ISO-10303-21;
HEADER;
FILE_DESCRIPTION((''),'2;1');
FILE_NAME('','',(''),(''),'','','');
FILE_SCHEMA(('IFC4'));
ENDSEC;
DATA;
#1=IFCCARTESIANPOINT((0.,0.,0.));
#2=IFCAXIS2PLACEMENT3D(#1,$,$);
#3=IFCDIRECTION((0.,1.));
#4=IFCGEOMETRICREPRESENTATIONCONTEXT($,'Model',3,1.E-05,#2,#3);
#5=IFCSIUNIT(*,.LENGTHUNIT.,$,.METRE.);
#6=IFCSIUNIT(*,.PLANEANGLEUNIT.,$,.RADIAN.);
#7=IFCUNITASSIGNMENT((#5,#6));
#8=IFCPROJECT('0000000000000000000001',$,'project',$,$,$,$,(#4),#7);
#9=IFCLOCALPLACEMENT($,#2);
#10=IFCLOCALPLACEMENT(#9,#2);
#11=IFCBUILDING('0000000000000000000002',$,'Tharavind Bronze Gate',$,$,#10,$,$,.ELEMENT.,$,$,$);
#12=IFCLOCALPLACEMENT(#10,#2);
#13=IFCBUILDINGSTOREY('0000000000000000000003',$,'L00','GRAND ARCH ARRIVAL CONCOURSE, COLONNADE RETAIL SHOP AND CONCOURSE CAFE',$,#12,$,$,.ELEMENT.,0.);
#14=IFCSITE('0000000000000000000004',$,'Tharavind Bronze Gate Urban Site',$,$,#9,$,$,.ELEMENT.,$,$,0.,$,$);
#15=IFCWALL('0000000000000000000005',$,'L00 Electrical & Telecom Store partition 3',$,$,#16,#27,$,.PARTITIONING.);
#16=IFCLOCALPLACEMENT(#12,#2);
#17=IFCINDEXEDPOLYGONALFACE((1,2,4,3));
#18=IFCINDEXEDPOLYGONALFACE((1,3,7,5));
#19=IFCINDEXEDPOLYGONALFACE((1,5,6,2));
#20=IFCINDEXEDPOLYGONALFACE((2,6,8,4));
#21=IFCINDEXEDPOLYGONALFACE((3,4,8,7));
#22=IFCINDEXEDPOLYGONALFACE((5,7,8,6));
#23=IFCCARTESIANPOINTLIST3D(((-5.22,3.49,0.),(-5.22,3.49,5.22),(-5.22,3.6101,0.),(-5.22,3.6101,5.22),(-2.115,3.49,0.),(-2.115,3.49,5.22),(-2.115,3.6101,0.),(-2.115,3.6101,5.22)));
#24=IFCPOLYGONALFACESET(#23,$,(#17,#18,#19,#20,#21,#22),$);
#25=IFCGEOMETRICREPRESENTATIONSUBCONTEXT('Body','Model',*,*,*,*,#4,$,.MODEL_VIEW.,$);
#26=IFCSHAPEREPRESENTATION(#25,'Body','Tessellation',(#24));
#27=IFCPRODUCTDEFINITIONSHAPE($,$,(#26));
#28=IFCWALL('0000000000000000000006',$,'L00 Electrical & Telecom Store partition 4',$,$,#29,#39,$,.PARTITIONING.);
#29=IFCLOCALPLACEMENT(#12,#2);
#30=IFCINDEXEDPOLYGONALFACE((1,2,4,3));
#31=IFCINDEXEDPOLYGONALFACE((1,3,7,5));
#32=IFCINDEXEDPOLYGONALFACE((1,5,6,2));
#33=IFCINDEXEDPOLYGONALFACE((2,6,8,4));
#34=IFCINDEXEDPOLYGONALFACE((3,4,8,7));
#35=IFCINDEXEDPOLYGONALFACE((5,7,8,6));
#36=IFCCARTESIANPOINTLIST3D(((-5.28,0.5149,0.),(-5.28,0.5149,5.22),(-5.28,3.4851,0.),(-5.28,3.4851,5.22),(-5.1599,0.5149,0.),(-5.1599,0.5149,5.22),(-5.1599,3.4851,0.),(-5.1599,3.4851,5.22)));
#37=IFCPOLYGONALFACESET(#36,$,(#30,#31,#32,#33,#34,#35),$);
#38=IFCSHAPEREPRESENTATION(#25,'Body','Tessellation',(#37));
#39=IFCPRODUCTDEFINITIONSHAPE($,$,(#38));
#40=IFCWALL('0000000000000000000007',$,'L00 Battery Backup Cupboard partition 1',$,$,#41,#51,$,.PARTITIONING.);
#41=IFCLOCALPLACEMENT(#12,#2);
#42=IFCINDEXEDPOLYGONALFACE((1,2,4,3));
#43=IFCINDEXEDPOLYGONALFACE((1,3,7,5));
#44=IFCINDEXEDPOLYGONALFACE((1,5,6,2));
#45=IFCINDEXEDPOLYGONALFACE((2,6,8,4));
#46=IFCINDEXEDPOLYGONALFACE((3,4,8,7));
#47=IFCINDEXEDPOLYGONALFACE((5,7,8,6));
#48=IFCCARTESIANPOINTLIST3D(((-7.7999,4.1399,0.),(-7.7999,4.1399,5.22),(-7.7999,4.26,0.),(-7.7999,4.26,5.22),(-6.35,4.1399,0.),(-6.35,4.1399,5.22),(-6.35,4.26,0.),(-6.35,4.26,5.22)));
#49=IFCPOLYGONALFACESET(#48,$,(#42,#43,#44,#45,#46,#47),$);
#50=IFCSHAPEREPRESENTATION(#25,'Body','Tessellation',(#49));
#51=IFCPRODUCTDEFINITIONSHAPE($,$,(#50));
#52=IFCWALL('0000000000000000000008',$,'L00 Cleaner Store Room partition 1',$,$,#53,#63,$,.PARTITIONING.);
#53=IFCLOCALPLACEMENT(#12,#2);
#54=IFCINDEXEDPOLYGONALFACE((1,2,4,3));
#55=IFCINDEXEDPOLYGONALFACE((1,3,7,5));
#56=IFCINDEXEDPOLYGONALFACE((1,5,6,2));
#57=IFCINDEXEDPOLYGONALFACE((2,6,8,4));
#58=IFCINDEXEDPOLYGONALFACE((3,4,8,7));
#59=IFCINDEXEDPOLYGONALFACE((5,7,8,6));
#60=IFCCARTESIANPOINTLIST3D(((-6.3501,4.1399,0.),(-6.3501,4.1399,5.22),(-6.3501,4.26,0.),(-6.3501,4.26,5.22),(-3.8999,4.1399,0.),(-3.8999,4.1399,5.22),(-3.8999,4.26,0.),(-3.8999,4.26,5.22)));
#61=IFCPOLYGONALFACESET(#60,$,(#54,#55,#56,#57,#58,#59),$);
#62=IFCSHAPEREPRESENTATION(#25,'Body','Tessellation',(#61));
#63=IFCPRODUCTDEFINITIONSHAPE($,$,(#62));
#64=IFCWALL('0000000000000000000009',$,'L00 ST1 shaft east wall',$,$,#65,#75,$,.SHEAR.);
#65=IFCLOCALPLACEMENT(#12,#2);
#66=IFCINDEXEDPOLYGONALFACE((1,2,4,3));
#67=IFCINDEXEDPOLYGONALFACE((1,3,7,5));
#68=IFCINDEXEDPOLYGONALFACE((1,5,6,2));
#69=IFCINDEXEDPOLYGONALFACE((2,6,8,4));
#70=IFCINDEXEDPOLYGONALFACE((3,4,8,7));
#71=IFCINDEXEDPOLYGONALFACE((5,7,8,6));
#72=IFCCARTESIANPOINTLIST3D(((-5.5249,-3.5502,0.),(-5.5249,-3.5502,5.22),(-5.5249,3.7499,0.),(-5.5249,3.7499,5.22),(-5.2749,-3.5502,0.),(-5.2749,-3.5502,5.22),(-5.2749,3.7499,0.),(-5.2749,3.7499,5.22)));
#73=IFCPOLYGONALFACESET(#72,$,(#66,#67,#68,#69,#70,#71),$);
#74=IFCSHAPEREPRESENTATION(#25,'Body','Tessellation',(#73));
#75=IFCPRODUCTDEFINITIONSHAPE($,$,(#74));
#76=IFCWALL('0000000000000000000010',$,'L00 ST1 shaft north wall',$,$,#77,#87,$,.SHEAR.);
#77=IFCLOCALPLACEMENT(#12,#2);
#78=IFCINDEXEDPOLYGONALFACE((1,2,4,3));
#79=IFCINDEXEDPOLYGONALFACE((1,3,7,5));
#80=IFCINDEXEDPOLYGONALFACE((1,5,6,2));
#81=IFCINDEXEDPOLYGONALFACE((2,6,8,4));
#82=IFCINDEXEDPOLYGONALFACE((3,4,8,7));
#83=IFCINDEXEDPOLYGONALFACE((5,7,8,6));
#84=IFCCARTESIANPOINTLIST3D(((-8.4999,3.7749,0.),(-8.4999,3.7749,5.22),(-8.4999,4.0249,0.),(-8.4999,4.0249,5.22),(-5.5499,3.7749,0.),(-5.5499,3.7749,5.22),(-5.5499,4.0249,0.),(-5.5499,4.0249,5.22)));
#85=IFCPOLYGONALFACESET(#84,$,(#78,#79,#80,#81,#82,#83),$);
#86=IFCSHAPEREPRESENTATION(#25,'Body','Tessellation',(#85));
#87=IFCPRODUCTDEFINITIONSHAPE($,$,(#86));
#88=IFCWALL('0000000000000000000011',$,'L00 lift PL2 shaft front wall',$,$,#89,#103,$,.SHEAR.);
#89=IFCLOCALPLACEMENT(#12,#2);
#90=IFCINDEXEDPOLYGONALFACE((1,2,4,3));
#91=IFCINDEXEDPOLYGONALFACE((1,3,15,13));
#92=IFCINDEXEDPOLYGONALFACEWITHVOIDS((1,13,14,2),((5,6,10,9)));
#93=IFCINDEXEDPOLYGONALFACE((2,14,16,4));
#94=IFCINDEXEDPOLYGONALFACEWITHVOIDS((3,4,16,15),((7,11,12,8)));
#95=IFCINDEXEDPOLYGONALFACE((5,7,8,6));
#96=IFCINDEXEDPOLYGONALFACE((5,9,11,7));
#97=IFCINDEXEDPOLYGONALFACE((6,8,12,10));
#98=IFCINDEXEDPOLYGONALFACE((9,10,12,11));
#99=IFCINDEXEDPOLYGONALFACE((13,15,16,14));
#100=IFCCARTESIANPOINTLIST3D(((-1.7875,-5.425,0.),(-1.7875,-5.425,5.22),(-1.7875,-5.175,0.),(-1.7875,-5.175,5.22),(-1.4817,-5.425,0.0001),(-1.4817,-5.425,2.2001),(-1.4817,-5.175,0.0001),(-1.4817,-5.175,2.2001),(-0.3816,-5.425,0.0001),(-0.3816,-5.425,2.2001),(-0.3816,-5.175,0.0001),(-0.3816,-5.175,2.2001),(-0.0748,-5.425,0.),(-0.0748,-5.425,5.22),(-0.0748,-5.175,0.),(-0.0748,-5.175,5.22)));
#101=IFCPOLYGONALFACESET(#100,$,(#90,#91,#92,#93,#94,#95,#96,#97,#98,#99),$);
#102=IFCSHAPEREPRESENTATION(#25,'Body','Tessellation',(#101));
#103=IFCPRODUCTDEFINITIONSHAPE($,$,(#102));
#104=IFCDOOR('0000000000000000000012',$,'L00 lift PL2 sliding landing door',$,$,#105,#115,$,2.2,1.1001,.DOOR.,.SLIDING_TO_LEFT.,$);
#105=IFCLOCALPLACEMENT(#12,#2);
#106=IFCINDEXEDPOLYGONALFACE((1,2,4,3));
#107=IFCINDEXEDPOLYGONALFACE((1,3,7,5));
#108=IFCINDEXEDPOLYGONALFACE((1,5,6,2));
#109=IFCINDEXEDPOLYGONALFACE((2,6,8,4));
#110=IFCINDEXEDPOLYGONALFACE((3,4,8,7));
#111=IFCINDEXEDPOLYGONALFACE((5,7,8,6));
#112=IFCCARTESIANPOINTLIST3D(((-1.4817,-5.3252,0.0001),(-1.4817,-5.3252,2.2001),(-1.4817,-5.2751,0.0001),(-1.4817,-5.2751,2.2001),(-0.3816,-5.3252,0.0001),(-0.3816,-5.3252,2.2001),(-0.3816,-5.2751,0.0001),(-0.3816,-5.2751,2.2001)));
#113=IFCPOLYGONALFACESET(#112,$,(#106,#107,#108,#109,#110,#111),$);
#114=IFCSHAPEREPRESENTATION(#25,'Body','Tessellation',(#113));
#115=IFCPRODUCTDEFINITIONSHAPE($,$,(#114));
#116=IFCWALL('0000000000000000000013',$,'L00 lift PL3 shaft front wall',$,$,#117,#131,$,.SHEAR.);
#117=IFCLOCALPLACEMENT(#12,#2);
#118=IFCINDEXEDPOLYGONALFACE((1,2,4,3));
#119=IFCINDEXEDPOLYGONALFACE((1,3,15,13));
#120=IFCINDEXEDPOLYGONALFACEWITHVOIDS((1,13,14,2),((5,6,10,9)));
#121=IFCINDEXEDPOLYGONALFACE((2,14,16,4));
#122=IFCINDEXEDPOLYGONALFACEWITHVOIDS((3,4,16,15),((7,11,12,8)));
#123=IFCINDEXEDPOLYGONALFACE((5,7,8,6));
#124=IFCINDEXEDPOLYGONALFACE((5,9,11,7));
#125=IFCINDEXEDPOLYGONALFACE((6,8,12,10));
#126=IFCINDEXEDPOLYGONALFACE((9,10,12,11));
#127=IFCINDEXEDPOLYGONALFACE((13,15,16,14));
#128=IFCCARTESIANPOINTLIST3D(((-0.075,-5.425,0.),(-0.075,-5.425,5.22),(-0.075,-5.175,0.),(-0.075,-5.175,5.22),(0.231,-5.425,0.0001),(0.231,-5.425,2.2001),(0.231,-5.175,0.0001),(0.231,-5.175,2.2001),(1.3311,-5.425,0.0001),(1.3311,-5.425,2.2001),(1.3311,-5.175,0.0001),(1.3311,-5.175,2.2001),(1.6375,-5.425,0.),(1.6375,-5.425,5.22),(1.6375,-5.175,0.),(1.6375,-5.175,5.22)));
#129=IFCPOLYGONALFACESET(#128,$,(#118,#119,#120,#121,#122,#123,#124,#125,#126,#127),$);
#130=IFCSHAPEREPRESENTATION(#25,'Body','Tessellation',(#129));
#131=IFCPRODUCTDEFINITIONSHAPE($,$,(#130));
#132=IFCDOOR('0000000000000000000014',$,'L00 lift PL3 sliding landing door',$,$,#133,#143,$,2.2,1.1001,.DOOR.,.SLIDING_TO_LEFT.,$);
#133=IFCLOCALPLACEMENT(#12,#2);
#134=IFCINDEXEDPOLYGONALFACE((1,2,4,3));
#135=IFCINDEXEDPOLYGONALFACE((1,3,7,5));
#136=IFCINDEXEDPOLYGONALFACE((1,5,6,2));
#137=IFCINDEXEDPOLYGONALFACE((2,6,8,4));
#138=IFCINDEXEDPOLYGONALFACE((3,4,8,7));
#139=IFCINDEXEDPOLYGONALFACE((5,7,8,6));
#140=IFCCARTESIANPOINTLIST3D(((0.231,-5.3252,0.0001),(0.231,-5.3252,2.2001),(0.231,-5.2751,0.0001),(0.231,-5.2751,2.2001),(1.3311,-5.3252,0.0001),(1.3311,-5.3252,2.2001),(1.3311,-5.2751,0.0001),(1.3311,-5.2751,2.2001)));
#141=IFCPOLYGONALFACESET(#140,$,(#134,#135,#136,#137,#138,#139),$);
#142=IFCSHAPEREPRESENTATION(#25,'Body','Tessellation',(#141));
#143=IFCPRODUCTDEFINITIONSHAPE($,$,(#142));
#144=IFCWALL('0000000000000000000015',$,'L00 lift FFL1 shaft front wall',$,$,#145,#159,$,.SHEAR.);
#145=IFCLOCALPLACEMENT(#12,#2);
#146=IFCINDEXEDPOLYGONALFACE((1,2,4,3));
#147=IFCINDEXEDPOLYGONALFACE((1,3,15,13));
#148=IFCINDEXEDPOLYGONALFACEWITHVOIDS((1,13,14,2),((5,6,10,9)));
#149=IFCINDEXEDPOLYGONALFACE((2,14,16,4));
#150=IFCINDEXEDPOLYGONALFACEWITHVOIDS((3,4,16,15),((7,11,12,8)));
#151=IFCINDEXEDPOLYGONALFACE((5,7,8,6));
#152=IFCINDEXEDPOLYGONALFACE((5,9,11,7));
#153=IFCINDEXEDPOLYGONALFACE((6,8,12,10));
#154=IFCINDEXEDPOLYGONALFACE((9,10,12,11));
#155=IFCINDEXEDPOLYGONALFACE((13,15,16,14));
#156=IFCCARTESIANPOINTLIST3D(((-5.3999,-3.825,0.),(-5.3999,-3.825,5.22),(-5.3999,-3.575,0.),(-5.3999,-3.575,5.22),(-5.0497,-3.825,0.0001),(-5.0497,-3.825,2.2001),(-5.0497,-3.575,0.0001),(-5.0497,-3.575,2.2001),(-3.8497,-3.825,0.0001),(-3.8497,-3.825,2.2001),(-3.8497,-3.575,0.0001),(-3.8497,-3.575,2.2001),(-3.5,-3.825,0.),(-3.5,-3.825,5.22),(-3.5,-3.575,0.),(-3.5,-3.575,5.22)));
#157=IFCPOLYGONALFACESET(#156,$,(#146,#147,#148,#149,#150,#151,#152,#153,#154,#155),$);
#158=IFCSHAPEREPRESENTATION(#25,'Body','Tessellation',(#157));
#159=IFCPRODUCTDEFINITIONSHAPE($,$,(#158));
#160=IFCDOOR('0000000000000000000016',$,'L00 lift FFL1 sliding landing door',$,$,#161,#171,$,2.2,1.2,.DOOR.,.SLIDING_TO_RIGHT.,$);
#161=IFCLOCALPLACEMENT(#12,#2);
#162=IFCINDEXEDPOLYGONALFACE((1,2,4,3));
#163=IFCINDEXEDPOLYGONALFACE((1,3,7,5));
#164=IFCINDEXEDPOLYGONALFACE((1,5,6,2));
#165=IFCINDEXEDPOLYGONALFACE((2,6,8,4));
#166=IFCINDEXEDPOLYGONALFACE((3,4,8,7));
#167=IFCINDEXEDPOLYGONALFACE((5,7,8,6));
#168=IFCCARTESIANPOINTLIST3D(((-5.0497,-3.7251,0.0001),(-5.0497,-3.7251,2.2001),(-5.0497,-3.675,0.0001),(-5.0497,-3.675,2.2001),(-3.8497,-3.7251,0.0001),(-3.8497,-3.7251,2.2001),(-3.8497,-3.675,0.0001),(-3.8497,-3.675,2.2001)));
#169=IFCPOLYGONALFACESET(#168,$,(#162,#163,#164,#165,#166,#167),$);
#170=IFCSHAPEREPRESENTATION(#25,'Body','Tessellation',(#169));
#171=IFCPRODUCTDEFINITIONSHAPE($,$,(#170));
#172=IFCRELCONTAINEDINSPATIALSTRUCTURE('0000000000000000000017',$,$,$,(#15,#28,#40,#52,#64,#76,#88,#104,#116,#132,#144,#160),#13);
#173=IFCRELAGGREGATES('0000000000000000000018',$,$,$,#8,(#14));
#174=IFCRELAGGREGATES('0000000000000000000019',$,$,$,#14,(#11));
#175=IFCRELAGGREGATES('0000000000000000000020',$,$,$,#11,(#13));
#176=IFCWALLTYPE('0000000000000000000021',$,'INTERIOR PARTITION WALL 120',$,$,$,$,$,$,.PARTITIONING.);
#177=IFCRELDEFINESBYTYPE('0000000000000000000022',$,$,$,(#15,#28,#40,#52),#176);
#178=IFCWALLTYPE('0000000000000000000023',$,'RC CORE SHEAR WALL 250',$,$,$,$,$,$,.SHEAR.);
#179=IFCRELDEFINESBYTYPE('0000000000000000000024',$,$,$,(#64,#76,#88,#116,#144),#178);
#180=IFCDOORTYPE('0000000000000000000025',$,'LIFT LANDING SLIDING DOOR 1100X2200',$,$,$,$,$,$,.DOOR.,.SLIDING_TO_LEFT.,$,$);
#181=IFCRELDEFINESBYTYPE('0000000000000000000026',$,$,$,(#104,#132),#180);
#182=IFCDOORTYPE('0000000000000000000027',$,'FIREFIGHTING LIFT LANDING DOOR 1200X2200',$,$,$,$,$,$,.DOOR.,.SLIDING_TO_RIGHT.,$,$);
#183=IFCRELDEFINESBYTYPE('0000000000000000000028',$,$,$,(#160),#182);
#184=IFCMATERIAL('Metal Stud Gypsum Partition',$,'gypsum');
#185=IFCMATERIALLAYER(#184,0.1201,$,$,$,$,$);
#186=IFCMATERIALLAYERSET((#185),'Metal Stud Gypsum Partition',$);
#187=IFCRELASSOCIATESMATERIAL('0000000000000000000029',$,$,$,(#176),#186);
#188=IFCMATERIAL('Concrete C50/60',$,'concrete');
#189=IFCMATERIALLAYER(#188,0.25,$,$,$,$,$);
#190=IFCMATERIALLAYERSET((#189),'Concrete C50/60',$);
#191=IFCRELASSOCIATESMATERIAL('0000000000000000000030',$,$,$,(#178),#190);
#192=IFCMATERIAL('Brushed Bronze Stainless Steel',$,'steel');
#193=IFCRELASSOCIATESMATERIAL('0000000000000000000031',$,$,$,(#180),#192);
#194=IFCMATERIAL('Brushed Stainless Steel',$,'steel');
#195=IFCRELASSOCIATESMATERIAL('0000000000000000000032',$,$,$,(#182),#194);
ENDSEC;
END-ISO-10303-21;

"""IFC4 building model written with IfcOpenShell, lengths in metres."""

from ifc_helpers import new_model, si_unit, direction, frame, frame_2d, origin, place, context, subcontext, project, spatial, rectangle, extrude, material, layer, layer_set, type_object, element, fill, save


model = new_model("IFC4")

# Units and contexts
model_context = context("Model", 3, precision=1e-05, world=origin(), true_north=direction((0.0, 1.0)))
body_context = subcontext(model_context, "Body", "Model", "MODEL_VIEW")
ifc_project = project(units=[si_unit("LENGTHUNIT", "METRE"), si_unit("PLANEANGLEUNIT", "RADIAN")], contexts=[model_context])

# Site, building, storey
site_placement = place(None, origin())
site = spatial("IfcSite", under=ifc_project, at=site_placement, Name="Tharavind Bronze Gate Urban Site", CompositionType="ELEMENT", RefElevation=0.0)
building_placement = place(site_placement, origin())
building = spatial("IfcBuilding", under=site, at=building_placement, Name="Tharavind Bronze Gate", CompositionType="ELEMENT")
storey_placement = place(building_placement, origin())
storey = spatial("IfcBuildingStorey", under=building, at=storey_placement, Name="L00", Description="GRAND ARCH ARRIVAL CONCOURSE, COLONNADE RETAIL SHOP AND CONCOURSE CAFE", CompositionType="ELEMENT", Elevation=0.0)

# Shared definitions
ifc_material_1 = material(Name="Metal Stud Gypsum Partition", Category="gypsum")
ifc_layer_1 = layer(ifc_material_1, 0.1201)
ifc_layer_set_1 = layer_set([ifc_layer_1], Name="Metal Stud Gypsum Partition")
wall_type_1 = type_object("IfcWallType", Name="INTERIOR PARTITION WALL 120", PredefinedType="PARTITIONING", material=ifc_layer_set_1)

# Walls
wall_1_placement = place(storey_placement, frame((-2.115, 3.55, 0.0), z_axis=(0.0, 0.0, 1.0), x_axis=(-1.0, 0.0, 0.0)))
element("IfcWall", 1, at=wall_1_placement, inside=storey, type_object=wall_type_1, Name="L00 Electrical & Telecom Store partition 3", PredefinedType="PARTITIONING", context=body_context, shape_type="SweptSolid", body=[
    extrude(rectangle(XDim=3.105, YDim=0.1201, at=frame_2d((1.5525, 0.0))), origin(), (0.0, 0.0, 1.0), 5.22),
])
wall_2_placement = place(storey_placement, frame((-5.22, 3.4851, 0.0), z_axis=(0.0, 0.0, 1.0), x_axis=(0.0, -1.0, 0.0)))
element("IfcWall", 2, at=wall_2_placement, inside=storey, type_object=wall_type_1, Name="L00 Electrical & Telecom Store partition 4", PredefinedType="PARTITIONING", context=body_context, shape_type="SweptSolid", body=[
    extrude(rectangle(XDim=2.9702, YDim=0.1201, at=frame_2d((1.4851, 0.0))), origin(), (0.0, 0.0, 1.0), 5.22),
])
wall_3_placement = place(storey_placement, frame((-7.8, 4.2, 0.0), z_axis=(0.0, 0.0, 1.0), x_axis=(1.0, 0.0, 0.0)))
element("IfcWall", 3, at=wall_3_placement, inside=storey, type_object=wall_type_1, Name="L00 Battery Backup Cupboard partition 1", PredefinedType="PARTITIONING", context=body_context, shape_type="SweptSolid", body=[
    extrude(rectangle(XDim=1.45, YDim=0.1201, at=frame_2d((0.7251, 0.0))), origin(), (0.0, 0.0, 1.0), 5.22),
])
wall_4_placement = place(storey_placement, frame((-6.3501, 4.2, 0.0), z_axis=(0.0, 0.0, 1.0), x_axis=(1.0, 0.0, 0.0)))
element("IfcWall", 4, at=wall_4_placement, inside=storey, type_object=wall_type_1, Name="L00 Cleaner Store Room partition 1", PredefinedType="PARTITIONING", context=body_context, shape_type="SweptSolid", body=[
    extrude(rectangle(XDim=2.4502, YDim=0.1201, at=frame_2d((1.2251, 0.0))), origin(), (0.0, 0.0, 1.0), 5.22),
])
ifc_material_2 = material(Name="Concrete C50/60", Category="concrete")
ifc_layer_2 = layer(ifc_material_2, 0.25)
ifc_layer_set_2 = layer_set([ifc_layer_2], Name="Concrete C50/60")
wall_type_2 = type_object("IfcWallType", Name="RC CORE SHEAR WALL 250", PredefinedType="SHEAR", material=ifc_layer_set_2)
wall_5_placement = place(storey_placement, frame((-5.3999, -3.55, 0.0), z_axis=(0.0, 0.0, 1.0), x_axis=(0.0, 1.0, 0.0)))
element("IfcWall", 5, at=wall_5_placement, inside=storey, type_object=wall_type_2, Name="L00 ST1 shaft east wall", PredefinedType="SHEAR", context=body_context, shape_type="SweptSolid", body=[
    extrude(rectangle(XDim=7.3, YDim=0.25, at=frame_2d((3.6499, 0.0))), origin(), (0.0, 0.0, 1.0), 5.22),
])

# Wall
wall_6_placement = place(storey_placement, frame((-8.5, 3.8999, 0.0), z_axis=(0.0, 0.0, 1.0), x_axis=(1.0, 0.0, 0.0)))
element("IfcWall", 6, at=wall_6_placement, inside=storey, type_object=wall_type_2, Name="L00 ST1 shaft north wall", PredefinedType="SHEAR", context=body_context, shape_type="SweptSolid", body=[
    extrude(rectangle(XDim=2.95, YDim=0.25, at=frame_2d((1.4751, 0.0))), origin(), (0.0, 0.0, 1.0), 5.22),
])

# Walls, openings, doors
wall_7_placement = place(storey_placement, frame((-1.7876, -5.3, 0.0), z_axis=(0.0, 0.0, 1.0), x_axis=(1.0, 0.0, 0.0)))
wall_7 = element("IfcWall", 7, at=wall_7_placement, inside=storey, type_object=wall_type_2, Name="L00 lift PL2 shaft front wall", PredefinedType="SHEAR", context=body_context, shape_type="SweptSolid", body=[
    extrude(rectangle(XDim=1.7126, YDim=0.25, at=frame_2d((0.8564, 0.0))), origin(), (0.0, 0.0, 1.0), 5.22),
])
opening_1_placement = place(wall_7_placement, frame((0.3059, 0.0, 0.0)))
opening_1 = element("IfcOpeningElement", 8, at=opening_1_placement, cuts=wall_7, PredefinedType="OPENING", context=body_context, shape_type="SweptSolid", body=[
    extrude(rectangle(XDim=1.1001, YDim=2.2, at=frame_2d((0.55, 1.1001))), frame((0.0, 0.135, 0.0), z_axis=(0.0, -1.0, 0.0), x_axis=(1.0, 0.0, 0.0)), (0.0, 0.0, 1.0), 0.27),
])
ifc_material_3 = material(Name="Brushed Bronze Stainless Steel", Category="steel")
door_type_1 = type_object("IfcDoorType", Name="LIFT LANDING SLIDING DOOR 1100X2200", OperationType="SLIDING_TO_LEFT", PredefinedType="DOOR", material=ifc_material_3)
door_1_placement = place(opening_1_placement, origin())
door_1 = element("IfcDoor", 9, at=door_1_placement, inside=storey, type_object=door_type_1, Name="L00 lift PL2 sliding landing door", OperationType="SLIDING_TO_LEFT", OverallHeight=2.2, OverallWidth=1.1001, PredefinedType="DOOR", context=body_context, shape_type="SweptSolid", body=[
    extrude(rectangle(XDim=1.1001, YDim=2.2, at=frame_2d((0.55, 1.1001))), frame((0.0, 0.0249, 0.0), z_axis=(0.0, -1.0, 0.0), x_axis=(1.0, 0.0, 0.0)), (0.0, 0.0, 1.0), 0.05),
])
fill(opening_1, door_1)
wall_8_placement = place(storey_placement, frame((-0.075, -5.3, 0.0), z_axis=(0.0, 0.0, 1.0), x_axis=(1.0, 0.0, 0.0)))
wall_8 = element("IfcWall", 10, at=wall_8_placement, inside=storey, type_object=wall_type_2, Name="L00 lift PL3 shaft front wall", PredefinedType="SHEAR", context=body_context, shape_type="SweptSolid", body=[
    extrude(rectangle(XDim=1.7124, YDim=0.25, at=frame_2d((0.8562, 0.0))), origin(), (0.0, 0.0, 1.0), 5.22),
])
opening_2_placement = place(wall_8_placement, frame((0.3059, 0.0, 0.0)))
opening_2 = element("IfcOpeningElement", 11, at=opening_2_placement, cuts=wall_8, PredefinedType="OPENING", context=body_context, shape_type="SweptSolid", body=[
    extrude(rectangle(XDim=1.1001, YDim=2.2, at=frame_2d((0.55, 1.1001))), frame((0.0, 0.135, 0.0), z_axis=(0.0, -1.0, 0.0), x_axis=(1.0, 0.0, 0.0)), (0.0, 0.0, 1.0), 0.27),
])
door_2_placement = place(opening_2_placement, origin())
door_2 = element("IfcDoor", 12, at=door_2_placement, inside=storey, type_object=door_type_1, Name="L00 lift PL3 sliding landing door", OperationType="SLIDING_TO_LEFT", OverallHeight=2.2, OverallWidth=1.1001, PredefinedType="DOOR", context=body_context, shape_type="SweptSolid", body=[
    extrude(rectangle(XDim=1.1001, YDim=2.2, at=frame_2d((0.55, 1.1001))), frame((0.0, 0.0249, 0.0), z_axis=(0.0, -1.0, 0.0), x_axis=(1.0, 0.0, 0.0)), (0.0, 0.0, 1.0), 0.05),
])
fill(opening_2, door_2)
wall_9_placement = place(storey_placement, frame((-5.3999, -3.7, 0.0), z_axis=(0.0, 0.0, 1.0), x_axis=(1.0, 0.0, 0.0)))
wall_9 = element("IfcWall", 13, at=wall_9_placement, inside=storey, type_object=wall_type_2, Name="L00 lift FFL1 shaft front wall", PredefinedType="SHEAR", context=body_context, shape_type="SweptSolid", body=[
    extrude(rectangle(XDim=1.8999, YDim=0.25, at=frame_2d((0.95, 0.0))), origin(), (0.0, 0.0, 1.0), 5.22),
])
opening_3_placement = place(wall_9_placement, frame((0.3501, 0.0, 0.0)))
opening_3 = element("IfcOpeningElement", 14, at=opening_3_placement, cuts=wall_9, PredefinedType="OPENING", context=body_context, shape_type="SweptSolid", body=[
    extrude(rectangle(XDim=1.2, YDim=2.2, at=frame_2d((0.6001, 1.1001))), frame((0.0, 0.135, 0.0), z_axis=(0.0, -1.0, 0.0), x_axis=(1.0, 0.0, 0.0)), (0.0, 0.0, 1.0), 0.27),
])
ifc_material_4 = material(Name="Brushed Stainless Steel", Category="steel")
door_type_2 = type_object("IfcDoorType", Name="FIREFIGHTING LIFT LANDING DOOR 1200X2200", OperationType="SLIDING_TO_RIGHT", PredefinedType="DOOR", material=ifc_material_4)
door_3_placement = place(opening_3_placement, origin())
door_3 = element("IfcDoor", 15, at=door_3_placement, inside=storey, type_object=door_type_2, Name="L00 lift FFL1 sliding landing door", OperationType="SLIDING_TO_RIGHT", OverallHeight=2.2, OverallWidth=1.2, PredefinedType="DOOR", context=body_context, shape_type="SweptSolid", body=[
    extrude(rectangle(XDim=1.2, YDim=2.2, at=frame_2d((0.6001, 1.1001))), frame((0.0, 0.0249, 0.0), z_axis=(0.0, -1.0, 0.0), x_axis=(1.0, 0.0, 0.0)), (0.0, 0.0, 1.0), 0.05),
])
fill(opening_3, door_3)

save(model, "model.ifc")
